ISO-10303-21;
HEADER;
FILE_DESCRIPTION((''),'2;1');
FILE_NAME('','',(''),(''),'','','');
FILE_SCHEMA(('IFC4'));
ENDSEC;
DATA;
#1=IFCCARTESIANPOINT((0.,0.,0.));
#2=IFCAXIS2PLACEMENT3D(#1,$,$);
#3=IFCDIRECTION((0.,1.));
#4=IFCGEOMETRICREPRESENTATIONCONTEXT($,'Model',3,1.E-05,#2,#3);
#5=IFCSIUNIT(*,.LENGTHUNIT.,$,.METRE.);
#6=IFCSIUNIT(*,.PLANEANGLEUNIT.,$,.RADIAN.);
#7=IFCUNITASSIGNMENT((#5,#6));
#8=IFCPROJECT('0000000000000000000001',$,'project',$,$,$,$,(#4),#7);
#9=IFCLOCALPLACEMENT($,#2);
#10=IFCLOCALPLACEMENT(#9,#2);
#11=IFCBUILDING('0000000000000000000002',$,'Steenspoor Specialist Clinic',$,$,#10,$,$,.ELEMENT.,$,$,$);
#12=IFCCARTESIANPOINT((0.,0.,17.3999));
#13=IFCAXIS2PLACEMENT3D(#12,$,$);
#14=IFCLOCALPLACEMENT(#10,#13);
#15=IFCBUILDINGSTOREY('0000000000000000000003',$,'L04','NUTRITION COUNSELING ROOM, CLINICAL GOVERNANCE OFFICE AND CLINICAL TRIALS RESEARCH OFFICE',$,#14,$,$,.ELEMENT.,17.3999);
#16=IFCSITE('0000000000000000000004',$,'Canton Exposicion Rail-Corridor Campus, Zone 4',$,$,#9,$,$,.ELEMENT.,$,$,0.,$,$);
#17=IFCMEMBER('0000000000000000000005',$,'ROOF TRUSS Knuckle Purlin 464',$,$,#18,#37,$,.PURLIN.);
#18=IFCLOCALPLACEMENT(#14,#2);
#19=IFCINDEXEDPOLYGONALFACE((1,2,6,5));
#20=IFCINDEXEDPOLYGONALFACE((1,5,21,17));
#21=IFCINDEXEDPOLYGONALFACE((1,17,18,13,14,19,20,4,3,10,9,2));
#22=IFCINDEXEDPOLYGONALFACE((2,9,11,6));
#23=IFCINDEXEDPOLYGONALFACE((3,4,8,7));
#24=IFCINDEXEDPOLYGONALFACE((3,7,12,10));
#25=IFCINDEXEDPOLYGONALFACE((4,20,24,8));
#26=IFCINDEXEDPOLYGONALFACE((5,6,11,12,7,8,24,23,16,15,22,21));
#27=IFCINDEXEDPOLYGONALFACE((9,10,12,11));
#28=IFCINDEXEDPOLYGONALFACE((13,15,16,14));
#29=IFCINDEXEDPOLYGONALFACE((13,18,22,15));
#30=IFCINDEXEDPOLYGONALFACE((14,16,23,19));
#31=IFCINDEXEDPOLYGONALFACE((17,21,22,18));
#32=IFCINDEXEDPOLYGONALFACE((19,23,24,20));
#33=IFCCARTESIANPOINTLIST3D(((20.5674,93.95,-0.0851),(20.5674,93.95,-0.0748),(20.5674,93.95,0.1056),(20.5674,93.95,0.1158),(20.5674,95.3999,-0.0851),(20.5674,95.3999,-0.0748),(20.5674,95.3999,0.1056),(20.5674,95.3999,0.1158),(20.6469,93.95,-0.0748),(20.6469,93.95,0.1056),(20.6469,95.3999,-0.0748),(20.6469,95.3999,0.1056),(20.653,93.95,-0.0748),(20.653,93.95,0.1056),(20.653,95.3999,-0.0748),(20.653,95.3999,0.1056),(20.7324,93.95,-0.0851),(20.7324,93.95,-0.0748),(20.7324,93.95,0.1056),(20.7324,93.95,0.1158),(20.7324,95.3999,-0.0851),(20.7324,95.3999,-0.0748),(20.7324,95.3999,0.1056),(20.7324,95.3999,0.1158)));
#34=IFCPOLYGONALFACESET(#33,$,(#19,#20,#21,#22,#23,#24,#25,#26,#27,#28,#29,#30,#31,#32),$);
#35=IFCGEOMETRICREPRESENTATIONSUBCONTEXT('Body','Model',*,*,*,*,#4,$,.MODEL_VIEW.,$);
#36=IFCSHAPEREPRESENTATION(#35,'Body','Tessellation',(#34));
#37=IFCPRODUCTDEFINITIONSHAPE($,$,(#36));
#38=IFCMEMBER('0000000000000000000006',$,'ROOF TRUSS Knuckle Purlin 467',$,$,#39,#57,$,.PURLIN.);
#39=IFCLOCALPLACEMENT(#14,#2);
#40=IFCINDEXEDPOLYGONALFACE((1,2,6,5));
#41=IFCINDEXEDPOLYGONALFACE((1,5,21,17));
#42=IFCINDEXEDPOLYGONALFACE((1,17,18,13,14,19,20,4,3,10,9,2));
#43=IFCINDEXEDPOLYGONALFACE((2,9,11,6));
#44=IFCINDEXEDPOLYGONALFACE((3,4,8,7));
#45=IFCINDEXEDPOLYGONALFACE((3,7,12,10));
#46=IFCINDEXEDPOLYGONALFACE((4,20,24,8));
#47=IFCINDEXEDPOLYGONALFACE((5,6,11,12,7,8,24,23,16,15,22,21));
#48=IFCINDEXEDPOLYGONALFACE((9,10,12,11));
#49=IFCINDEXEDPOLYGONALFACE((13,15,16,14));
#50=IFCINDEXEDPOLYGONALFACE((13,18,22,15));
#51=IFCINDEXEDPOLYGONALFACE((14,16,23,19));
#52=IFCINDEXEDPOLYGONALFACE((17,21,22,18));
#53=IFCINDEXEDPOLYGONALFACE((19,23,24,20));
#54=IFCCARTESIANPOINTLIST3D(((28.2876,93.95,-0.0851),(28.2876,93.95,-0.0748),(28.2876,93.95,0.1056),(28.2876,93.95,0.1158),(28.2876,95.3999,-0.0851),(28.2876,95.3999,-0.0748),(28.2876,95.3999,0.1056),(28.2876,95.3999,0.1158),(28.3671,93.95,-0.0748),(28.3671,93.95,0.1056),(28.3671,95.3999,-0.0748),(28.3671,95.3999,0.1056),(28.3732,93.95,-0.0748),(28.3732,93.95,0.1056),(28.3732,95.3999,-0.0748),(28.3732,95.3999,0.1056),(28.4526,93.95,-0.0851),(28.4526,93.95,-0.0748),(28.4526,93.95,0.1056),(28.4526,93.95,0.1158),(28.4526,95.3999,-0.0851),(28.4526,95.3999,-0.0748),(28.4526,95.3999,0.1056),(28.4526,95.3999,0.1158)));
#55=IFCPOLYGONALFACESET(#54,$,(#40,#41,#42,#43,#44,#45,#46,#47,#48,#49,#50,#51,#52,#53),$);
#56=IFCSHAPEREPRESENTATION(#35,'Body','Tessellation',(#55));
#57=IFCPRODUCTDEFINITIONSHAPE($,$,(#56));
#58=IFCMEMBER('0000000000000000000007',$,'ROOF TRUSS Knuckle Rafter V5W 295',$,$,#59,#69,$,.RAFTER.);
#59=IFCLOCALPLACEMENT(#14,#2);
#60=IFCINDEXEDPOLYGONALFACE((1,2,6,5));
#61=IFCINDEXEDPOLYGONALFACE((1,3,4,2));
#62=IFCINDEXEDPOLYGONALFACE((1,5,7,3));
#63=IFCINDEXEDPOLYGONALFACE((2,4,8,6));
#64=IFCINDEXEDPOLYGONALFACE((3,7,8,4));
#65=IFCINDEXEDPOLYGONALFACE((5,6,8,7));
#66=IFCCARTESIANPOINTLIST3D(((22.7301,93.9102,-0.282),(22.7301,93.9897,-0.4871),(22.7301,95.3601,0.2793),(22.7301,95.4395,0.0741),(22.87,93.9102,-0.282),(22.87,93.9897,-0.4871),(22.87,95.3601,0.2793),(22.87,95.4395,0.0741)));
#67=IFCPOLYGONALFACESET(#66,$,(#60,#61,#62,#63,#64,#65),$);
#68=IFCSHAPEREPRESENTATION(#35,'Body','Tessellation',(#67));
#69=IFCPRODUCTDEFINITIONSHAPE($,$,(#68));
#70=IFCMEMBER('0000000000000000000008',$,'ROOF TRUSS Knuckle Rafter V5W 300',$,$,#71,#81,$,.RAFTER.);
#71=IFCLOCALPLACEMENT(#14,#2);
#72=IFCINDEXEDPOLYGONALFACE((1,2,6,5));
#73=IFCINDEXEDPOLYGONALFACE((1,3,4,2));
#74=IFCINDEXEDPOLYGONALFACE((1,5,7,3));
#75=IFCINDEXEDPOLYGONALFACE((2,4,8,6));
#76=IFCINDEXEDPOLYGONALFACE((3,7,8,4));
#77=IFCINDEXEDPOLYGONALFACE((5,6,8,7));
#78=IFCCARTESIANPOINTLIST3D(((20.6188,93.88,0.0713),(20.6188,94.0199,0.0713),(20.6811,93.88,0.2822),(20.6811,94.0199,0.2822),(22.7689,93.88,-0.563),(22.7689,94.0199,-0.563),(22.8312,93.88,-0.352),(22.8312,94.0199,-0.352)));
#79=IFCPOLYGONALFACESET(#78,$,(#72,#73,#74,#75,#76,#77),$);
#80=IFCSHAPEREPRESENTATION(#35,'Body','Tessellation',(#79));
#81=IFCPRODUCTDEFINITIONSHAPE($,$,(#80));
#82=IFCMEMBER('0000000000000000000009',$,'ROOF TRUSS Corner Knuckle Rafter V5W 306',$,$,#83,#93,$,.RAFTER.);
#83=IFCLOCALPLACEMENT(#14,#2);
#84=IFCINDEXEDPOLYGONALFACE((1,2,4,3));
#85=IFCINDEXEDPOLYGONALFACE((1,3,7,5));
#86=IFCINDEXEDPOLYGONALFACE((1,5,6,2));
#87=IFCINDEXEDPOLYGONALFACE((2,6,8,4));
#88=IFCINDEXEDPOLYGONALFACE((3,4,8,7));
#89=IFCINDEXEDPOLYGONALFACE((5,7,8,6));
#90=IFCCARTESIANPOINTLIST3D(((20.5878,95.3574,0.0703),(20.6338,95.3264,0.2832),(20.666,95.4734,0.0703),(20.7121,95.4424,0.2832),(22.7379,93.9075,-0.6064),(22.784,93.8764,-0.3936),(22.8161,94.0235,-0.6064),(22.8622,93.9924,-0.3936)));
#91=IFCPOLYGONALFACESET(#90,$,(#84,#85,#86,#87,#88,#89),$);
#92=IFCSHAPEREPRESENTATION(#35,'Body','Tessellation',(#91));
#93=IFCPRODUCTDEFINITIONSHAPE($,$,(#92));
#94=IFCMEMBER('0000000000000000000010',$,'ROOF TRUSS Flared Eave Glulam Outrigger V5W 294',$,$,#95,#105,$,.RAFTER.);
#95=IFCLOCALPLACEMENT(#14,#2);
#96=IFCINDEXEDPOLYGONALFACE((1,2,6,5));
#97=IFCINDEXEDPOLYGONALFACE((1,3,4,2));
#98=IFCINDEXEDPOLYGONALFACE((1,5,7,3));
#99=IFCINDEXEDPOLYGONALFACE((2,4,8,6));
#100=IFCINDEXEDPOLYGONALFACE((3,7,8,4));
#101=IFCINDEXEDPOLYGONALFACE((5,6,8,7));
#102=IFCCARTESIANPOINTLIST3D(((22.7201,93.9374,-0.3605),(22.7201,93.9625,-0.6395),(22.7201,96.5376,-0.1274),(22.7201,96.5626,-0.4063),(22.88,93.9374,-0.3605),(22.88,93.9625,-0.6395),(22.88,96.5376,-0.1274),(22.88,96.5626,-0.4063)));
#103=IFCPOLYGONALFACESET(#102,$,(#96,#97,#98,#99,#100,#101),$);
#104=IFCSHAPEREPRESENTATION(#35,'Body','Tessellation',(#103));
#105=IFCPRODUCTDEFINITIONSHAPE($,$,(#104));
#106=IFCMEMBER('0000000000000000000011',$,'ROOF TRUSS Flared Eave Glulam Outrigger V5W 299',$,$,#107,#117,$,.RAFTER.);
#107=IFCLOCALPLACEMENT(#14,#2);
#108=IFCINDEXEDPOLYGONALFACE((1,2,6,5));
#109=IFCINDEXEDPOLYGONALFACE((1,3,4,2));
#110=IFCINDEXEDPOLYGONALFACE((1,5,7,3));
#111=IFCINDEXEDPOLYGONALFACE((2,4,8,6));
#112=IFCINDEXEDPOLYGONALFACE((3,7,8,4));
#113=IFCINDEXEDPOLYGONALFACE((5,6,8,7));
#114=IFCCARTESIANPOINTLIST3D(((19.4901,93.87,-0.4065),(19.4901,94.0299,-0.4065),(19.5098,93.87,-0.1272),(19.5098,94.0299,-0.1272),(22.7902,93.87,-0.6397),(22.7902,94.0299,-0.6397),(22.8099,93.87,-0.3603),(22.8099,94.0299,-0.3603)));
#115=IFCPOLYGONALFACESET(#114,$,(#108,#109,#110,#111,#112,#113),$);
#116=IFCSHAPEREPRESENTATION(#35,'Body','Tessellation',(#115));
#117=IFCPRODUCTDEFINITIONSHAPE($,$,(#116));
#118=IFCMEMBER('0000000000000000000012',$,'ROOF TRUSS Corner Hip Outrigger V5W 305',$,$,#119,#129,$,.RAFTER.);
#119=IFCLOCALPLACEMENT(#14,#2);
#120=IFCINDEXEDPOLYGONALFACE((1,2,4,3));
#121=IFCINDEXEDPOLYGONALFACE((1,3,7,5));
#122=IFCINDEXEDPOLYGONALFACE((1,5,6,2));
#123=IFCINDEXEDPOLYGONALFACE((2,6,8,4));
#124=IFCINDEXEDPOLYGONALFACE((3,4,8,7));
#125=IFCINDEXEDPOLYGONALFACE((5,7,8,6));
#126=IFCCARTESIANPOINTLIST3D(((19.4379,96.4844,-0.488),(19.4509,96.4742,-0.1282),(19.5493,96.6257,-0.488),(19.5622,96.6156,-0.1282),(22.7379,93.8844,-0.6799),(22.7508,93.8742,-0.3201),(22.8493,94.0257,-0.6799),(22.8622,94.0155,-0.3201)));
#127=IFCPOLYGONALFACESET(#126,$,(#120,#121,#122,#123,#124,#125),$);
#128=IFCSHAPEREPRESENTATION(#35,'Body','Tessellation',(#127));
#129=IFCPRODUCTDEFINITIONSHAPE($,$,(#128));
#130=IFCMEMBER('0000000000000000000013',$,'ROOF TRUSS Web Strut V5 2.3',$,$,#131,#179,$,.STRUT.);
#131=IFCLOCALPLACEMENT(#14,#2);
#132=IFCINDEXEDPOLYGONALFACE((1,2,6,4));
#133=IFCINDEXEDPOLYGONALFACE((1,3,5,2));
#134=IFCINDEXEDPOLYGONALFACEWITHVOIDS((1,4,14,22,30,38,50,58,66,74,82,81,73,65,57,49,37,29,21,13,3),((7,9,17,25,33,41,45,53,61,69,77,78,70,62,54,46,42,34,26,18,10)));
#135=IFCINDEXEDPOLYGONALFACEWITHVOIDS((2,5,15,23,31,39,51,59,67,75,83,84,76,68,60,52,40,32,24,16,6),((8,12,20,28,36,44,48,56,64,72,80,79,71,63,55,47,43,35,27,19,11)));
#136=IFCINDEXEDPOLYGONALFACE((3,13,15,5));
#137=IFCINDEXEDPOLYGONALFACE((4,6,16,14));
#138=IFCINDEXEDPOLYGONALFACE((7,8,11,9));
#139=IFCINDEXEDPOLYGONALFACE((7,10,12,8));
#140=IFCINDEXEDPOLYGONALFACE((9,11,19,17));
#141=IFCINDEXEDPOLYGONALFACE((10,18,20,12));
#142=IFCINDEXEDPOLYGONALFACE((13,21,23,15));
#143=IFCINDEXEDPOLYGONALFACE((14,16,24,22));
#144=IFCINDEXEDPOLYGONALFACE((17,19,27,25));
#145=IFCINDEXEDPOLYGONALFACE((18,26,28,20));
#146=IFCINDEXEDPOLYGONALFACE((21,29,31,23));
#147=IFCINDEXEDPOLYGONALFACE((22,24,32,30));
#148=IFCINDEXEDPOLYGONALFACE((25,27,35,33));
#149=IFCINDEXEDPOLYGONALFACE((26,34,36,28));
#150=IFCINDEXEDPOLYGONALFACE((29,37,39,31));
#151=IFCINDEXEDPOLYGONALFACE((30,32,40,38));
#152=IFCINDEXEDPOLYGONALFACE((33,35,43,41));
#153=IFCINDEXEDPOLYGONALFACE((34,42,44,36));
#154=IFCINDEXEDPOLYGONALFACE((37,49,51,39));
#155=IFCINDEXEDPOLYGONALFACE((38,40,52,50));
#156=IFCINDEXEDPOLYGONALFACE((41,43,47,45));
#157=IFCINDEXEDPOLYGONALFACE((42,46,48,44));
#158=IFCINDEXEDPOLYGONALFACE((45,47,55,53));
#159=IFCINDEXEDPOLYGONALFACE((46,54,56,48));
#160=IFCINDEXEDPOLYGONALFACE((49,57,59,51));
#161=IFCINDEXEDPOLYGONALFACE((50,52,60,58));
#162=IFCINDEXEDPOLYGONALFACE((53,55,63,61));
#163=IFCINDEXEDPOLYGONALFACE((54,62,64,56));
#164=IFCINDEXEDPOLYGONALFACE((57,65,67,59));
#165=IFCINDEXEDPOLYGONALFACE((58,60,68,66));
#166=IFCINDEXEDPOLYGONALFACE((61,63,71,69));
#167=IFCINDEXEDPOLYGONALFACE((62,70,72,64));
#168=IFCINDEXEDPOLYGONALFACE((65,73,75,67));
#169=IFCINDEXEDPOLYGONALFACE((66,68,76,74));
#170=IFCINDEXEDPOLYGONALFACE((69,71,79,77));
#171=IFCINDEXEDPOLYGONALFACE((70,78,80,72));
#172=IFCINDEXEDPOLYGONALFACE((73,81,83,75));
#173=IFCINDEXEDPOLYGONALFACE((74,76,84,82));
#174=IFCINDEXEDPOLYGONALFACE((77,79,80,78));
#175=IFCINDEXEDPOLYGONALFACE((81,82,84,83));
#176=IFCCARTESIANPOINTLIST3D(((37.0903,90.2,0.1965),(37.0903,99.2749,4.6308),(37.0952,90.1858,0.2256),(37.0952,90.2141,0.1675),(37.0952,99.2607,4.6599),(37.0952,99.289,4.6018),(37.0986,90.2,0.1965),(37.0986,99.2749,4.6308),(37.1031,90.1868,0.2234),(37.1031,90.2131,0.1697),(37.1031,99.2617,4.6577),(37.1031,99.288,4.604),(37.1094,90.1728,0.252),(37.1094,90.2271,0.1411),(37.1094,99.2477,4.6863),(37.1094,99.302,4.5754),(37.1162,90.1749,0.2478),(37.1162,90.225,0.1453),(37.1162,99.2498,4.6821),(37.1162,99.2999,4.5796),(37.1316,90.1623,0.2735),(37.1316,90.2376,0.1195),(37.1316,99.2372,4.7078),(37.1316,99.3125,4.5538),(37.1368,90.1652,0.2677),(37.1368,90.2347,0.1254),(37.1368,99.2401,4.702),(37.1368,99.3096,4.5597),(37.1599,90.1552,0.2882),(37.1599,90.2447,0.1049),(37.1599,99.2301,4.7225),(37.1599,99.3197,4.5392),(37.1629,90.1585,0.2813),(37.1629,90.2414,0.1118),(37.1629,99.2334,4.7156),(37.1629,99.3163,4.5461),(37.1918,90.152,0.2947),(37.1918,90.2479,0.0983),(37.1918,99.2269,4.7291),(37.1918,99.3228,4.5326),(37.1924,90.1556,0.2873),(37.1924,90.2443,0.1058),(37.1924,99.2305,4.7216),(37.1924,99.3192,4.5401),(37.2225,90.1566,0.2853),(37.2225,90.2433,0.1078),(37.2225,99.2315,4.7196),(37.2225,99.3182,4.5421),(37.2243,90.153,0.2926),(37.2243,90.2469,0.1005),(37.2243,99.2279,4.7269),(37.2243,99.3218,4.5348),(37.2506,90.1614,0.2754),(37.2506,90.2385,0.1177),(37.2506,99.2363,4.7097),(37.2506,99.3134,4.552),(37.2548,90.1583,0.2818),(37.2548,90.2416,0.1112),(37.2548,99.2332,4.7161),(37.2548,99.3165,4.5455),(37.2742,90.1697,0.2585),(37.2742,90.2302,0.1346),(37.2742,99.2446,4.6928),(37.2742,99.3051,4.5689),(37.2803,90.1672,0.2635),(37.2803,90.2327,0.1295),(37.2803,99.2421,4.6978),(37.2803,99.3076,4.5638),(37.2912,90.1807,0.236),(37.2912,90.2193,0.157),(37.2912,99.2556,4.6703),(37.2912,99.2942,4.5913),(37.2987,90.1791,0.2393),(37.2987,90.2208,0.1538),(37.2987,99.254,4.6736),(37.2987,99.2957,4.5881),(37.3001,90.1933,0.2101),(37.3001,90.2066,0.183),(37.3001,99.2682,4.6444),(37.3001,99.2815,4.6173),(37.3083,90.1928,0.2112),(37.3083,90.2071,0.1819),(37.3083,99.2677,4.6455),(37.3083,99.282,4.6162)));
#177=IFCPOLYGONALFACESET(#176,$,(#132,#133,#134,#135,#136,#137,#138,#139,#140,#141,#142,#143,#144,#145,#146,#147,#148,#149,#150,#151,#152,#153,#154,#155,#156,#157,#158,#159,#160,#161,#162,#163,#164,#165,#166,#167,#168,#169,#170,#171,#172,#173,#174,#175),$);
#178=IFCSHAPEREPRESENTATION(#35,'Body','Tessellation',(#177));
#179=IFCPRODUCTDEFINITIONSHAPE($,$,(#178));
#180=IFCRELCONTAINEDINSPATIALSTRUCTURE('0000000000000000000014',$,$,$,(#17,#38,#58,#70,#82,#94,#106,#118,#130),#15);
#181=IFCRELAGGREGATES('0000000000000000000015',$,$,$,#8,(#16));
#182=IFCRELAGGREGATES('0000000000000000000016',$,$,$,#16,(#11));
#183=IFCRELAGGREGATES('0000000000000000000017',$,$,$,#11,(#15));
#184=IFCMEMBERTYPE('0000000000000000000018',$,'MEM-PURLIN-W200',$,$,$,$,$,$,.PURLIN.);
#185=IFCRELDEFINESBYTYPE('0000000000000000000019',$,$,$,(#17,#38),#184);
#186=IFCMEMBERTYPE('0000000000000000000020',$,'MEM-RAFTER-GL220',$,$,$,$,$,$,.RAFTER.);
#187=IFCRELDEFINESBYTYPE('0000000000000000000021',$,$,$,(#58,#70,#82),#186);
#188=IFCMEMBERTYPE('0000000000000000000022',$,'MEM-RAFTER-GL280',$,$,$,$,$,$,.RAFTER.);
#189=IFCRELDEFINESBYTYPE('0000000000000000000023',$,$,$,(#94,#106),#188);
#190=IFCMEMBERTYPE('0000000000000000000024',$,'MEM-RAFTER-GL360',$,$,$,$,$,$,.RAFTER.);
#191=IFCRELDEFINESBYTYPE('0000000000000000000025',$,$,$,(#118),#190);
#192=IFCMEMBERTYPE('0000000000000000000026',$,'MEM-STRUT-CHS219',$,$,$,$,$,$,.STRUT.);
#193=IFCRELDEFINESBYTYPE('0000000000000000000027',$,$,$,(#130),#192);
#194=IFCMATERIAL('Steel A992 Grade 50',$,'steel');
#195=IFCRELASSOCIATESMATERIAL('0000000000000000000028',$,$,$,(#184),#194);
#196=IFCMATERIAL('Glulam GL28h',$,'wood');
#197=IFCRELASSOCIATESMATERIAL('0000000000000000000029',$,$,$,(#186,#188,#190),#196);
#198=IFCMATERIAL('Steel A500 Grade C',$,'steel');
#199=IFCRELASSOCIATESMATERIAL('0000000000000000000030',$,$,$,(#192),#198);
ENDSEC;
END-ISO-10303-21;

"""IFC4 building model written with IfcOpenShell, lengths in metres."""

from ifc_helpers import new_model, si_unit, direction, frame, origin, origin_2d, place, context, subcontext, project, spatial, rectangle, hollow_circle, i_section, extrude, material, material_profile, profile_set, type_object, element, save


model = new_model("IFC4")

# Units and contexts
model_context = context("Model", 3, precision=1e-05, world=origin(), true_north=direction((0.0, 1.0)))
body_context = subcontext(model_context, "Body", "Model", "MODEL_VIEW")
ifc_project = project(units=[si_unit("LENGTHUNIT", "METRE"), si_unit("PLANEANGLEUNIT", "RADIAN")], contexts=[model_context])

# Site, building, storey
site_placement = place(None, origin())
site = spatial("IfcSite", under=ifc_project, at=site_placement, Name="Canton Exposicion Rail-Corridor Campus, Zone 4", CompositionType="ELEMENT", RefElevation=0.0)
building_placement = place(site_placement, origin())
building = spatial("IfcBuilding", under=site, at=building_placement, Name="Steenspoor Specialist Clinic", CompositionType="ELEMENT")
storey_placement = place(building_placement, frame((0.0, 0.0, 17.3999)))
storey = spatial("IfcBuildingStorey", under=building, at=storey_placement, Name="L04", Description="NUTRITION COUNSELING ROOM, CLINICAL GOVERNANCE OFFICE AND CLINICAL TRIALS RESEARCH OFFICE", CompositionType="ELEMENT", Elevation=17.3999)

# Shared definitions
ifc_material_1 = material(Name="Steel A992 Grade 50", Category="steel")

# Members
ifc_material_2 = material(Name="Steel A500 Grade C", Category="steel")
ifc_material_profile_1 = material_profile(ifc_material_1, i_section(OverallWidth=0.165, OverallDepth=0.2009, WebThickness=0.0061, FlangeThickness=0.0103, at=origin_2d()), Name="W200X36")
ifc_profile_set_1 = profile_set([ifc_material_profile_1], Name="Steel A992 Grade 50")
member_type_1 = type_object("IfcMemberType", Name="MEM-PURLIN-W200", PredefinedType="PURLIN", material=ifc_profile_set_1)
for number, where, z_axis, x_axis, name in (
    (1, (20.6499, 93.95, 0.0154), (0.0, 1.0, 0.0), (-1.0, 0.0, 0.0), "ROOF TRUSS Knuckle Purlin 464"),
    (2, (28.3701, 93.95, 0.0154), (0.0, 1.0, 0.0), (-1.0, 0.0, 0.0), "ROOF TRUSS Knuckle Purlin 467"),
):
    element("IfcMember", number, at=place(storey_placement, frame(where, z_axis=z_axis, x_axis=x_axis)), inside=storey, type_object=member_type_1, Name=name, PredefinedType="PURLIN", context=body_context, shape_type="SweptSolid", body=[
        extrude(i_section(OverallWidth=0.165, OverallDepth=0.2009, WebThickness=0.0061, FlangeThickness=0.0103, at=origin_2d()), origin(), (0.0, 0.0, 1.0), 1.45),
    ])
ifc_material_3 = material(Name="Glulam GL28h", Category="wood")
ifc_material_profile_2 = material_profile(ifc_material_3, rectangle(XDim=0.1399, YDim=0.22, at=origin_2d()), Name="GL28H-140X220")
ifc_profile_set_2 = profile_set([ifc_material_profile_2], Name="Glulam GL28h")
member_type_2 = type_object("IfcMemberType", Name="MEM-RAFTER-GL220", PredefinedType="RAFTER", material=ifc_profile_set_2)
member_1_placement = place(storey_placement, frame((22.8, 93.95, -0.3845), z_axis=(0.0, 0.932566, 0.360999), x_axis=(-1.0, 0.0, 0.0)))
element("IfcMember", 3, at=member_1_placement, inside=storey, type_object=member_type_2, Name="ROOF TRUSS Knuckle Rafter V5W 295", PredefinedType="RAFTER", context=body_context, shape_type="SweptSolid", body=[
    extrude(rectangle(XDim=0.1399, YDim=0.22, at=origin_2d()), origin(), (0.0, 0.0, 1.0), 1.5547),
])
member_2_placement = place(storey_placement, frame((22.8, 93.95, -0.4575), z_axis=(-0.959138, 0.0, 0.282939), x_axis=(0.0, -1.0, 0.0)))
element("IfcMember", 4, at=member_2_placement, inside=storey, type_object=member_type_2, Name="ROOF TRUSS Knuckle Rafter V5W 300", PredefinedType="RAFTER", context=body_context, shape_type="SweptSolid", body=[
    extrude(rectangle(XDim=0.1399, YDim=0.22, at=origin_2d()), origin(), (0.0, 0.0, 1.0), 2.2417),
])
member_3_placement = place(storey_placement, frame((22.8, 93.95, -0.5), z_axis=(-0.802233, 0.540986, 0.252502), x_axis=(-0.559103, -0.829099, 0.0)))
element("IfcMember", 5, at=member_3_placement, inside=storey, type_object=member_type_2, Name="ROOF TRUSS Corner Knuckle Rafter V5W 306", PredefinedType="RAFTER", context=body_context, shape_type="SweptSolid", body=[
    extrude(rectangle(XDim=0.1399, YDim=0.22, at=origin_2d()), origin(), (0.0, 0.0, 1.0), 2.6802),
])
ifc_material_profile_3 = material_profile(ifc_material_3, rectangle(XDim=0.1599, YDim=0.28, at=origin_2d()), Name="GL28H-160X280")
ifc_profile_set_3 = profile_set([ifc_material_profile_3], Name="Glulam GL28h")
member_type_3 = type_object("IfcMemberType", Name="MEM-RAFTER-GL280", PredefinedType="RAFTER", material=ifc_profile_set_3)
member_4_placement = place(storey_placement, frame((22.8, 93.95, -0.5), z_axis=(0.0, 0.996004, 0.089313), x_axis=(-1.0, 0.0, 0.0)))
element("IfcMember", 6, at=member_4_placement, inside=storey, type_object=member_type_3, Name="ROOF TRUSS Flared Eave Glulam Outrigger V5W 294", PredefinedType="RAFTER", context=body_context, shape_type="SweptSolid", body=[
    extrude(rectangle(XDim=0.1599, YDim=0.28, at=origin_2d()), origin(), (0.0, 0.0, 1.0), 2.6106),
])
member_5_placement = place(storey_placement, frame((22.8, 93.95, -0.5), z_axis=(-0.997513, 0.0, 0.070476), x_axis=(0.0, -1.0, 0.0)))
element("IfcMember", 7, at=member_5_placement, inside=storey, type_object=member_type_3, Name="ROOF TRUSS Flared Eave Glulam Outrigger V5W 299", PredefinedType="RAFTER", context=body_context, shape_type="SweptSolid", body=[
    extrude(rectangle(XDim=0.1599, YDim=0.28, at=origin_2d()), origin(), (0.0, 0.0, 1.0), 3.3083),
])
ifc_material_profile_4 = material_profile(ifc_material_3, rectangle(XDim=0.1799, YDim=0.3601, at=origin_2d()), Name="GL28H-180X360")
ifc_profile_set_4 = profile_set([ifc_material_profile_4], Name="Glulam GL28h")
member_type_4 = type_object("IfcMemberType", Name="MEM-RAFTER-GL360", PredefinedType="RAFTER", material=ifc_profile_set_4)
member_6_placement = place(storey_placement, frame((22.8, 93.95, -0.5), z_axis=(-0.784667, 0.618236, 0.045628), x_axis=(-0.618881, -0.785485, 0.0)))
element("IfcMember", 8, at=member_6_placement, inside=storey, type_object=member_type_4, Name="ROOF TRUSS Corner Hip Outrigger V5W 305", PredefinedType="RAFTER", context=body_context, shape_type="SweptSolid", body=[
    extrude(rectangle(XDim=0.1799, YDim=0.3601, at=origin_2d()), origin(), (0.0, 0.0, 1.0), 4.2056),
])
ifc_material_profile_5 = material_profile(ifc_material_2, hollow_circle(Radius=0.1096, WallThickness=0.0083, at=origin_2d()), Name="CHS219X8.2")
ifc_profile_set_5 = profile_set([ifc_material_profile_5], Name="Steel A500 Grade C")
member_type_5 = type_object("IfcMemberType", Name="MEM-STRUT-CHS219", PredefinedType="STRUT", material=ifc_profile_set_5)
member_7_placement = place(storey_placement, frame((37.2, 90.2, 0.1965), z_axis=(0.0, 0.898475, 0.439025), x_axis=(-1.0, 0.0, 0.0)))
element("IfcMember", 9, at=member_7_placement, inside=storey, type_object=member_type_5, Name="ROOF TRUSS Web Strut V5 2.3", PredefinedType="STRUT", context=body_context, shape_type="SweptSolid", body=[
    extrude(hollow_circle(Radius=0.1096, WallThickness=0.0083, at=origin_2d()), origin(), (0.0, 0.0, 1.0), 10.1003),
])

save(model, "model.ifc")
